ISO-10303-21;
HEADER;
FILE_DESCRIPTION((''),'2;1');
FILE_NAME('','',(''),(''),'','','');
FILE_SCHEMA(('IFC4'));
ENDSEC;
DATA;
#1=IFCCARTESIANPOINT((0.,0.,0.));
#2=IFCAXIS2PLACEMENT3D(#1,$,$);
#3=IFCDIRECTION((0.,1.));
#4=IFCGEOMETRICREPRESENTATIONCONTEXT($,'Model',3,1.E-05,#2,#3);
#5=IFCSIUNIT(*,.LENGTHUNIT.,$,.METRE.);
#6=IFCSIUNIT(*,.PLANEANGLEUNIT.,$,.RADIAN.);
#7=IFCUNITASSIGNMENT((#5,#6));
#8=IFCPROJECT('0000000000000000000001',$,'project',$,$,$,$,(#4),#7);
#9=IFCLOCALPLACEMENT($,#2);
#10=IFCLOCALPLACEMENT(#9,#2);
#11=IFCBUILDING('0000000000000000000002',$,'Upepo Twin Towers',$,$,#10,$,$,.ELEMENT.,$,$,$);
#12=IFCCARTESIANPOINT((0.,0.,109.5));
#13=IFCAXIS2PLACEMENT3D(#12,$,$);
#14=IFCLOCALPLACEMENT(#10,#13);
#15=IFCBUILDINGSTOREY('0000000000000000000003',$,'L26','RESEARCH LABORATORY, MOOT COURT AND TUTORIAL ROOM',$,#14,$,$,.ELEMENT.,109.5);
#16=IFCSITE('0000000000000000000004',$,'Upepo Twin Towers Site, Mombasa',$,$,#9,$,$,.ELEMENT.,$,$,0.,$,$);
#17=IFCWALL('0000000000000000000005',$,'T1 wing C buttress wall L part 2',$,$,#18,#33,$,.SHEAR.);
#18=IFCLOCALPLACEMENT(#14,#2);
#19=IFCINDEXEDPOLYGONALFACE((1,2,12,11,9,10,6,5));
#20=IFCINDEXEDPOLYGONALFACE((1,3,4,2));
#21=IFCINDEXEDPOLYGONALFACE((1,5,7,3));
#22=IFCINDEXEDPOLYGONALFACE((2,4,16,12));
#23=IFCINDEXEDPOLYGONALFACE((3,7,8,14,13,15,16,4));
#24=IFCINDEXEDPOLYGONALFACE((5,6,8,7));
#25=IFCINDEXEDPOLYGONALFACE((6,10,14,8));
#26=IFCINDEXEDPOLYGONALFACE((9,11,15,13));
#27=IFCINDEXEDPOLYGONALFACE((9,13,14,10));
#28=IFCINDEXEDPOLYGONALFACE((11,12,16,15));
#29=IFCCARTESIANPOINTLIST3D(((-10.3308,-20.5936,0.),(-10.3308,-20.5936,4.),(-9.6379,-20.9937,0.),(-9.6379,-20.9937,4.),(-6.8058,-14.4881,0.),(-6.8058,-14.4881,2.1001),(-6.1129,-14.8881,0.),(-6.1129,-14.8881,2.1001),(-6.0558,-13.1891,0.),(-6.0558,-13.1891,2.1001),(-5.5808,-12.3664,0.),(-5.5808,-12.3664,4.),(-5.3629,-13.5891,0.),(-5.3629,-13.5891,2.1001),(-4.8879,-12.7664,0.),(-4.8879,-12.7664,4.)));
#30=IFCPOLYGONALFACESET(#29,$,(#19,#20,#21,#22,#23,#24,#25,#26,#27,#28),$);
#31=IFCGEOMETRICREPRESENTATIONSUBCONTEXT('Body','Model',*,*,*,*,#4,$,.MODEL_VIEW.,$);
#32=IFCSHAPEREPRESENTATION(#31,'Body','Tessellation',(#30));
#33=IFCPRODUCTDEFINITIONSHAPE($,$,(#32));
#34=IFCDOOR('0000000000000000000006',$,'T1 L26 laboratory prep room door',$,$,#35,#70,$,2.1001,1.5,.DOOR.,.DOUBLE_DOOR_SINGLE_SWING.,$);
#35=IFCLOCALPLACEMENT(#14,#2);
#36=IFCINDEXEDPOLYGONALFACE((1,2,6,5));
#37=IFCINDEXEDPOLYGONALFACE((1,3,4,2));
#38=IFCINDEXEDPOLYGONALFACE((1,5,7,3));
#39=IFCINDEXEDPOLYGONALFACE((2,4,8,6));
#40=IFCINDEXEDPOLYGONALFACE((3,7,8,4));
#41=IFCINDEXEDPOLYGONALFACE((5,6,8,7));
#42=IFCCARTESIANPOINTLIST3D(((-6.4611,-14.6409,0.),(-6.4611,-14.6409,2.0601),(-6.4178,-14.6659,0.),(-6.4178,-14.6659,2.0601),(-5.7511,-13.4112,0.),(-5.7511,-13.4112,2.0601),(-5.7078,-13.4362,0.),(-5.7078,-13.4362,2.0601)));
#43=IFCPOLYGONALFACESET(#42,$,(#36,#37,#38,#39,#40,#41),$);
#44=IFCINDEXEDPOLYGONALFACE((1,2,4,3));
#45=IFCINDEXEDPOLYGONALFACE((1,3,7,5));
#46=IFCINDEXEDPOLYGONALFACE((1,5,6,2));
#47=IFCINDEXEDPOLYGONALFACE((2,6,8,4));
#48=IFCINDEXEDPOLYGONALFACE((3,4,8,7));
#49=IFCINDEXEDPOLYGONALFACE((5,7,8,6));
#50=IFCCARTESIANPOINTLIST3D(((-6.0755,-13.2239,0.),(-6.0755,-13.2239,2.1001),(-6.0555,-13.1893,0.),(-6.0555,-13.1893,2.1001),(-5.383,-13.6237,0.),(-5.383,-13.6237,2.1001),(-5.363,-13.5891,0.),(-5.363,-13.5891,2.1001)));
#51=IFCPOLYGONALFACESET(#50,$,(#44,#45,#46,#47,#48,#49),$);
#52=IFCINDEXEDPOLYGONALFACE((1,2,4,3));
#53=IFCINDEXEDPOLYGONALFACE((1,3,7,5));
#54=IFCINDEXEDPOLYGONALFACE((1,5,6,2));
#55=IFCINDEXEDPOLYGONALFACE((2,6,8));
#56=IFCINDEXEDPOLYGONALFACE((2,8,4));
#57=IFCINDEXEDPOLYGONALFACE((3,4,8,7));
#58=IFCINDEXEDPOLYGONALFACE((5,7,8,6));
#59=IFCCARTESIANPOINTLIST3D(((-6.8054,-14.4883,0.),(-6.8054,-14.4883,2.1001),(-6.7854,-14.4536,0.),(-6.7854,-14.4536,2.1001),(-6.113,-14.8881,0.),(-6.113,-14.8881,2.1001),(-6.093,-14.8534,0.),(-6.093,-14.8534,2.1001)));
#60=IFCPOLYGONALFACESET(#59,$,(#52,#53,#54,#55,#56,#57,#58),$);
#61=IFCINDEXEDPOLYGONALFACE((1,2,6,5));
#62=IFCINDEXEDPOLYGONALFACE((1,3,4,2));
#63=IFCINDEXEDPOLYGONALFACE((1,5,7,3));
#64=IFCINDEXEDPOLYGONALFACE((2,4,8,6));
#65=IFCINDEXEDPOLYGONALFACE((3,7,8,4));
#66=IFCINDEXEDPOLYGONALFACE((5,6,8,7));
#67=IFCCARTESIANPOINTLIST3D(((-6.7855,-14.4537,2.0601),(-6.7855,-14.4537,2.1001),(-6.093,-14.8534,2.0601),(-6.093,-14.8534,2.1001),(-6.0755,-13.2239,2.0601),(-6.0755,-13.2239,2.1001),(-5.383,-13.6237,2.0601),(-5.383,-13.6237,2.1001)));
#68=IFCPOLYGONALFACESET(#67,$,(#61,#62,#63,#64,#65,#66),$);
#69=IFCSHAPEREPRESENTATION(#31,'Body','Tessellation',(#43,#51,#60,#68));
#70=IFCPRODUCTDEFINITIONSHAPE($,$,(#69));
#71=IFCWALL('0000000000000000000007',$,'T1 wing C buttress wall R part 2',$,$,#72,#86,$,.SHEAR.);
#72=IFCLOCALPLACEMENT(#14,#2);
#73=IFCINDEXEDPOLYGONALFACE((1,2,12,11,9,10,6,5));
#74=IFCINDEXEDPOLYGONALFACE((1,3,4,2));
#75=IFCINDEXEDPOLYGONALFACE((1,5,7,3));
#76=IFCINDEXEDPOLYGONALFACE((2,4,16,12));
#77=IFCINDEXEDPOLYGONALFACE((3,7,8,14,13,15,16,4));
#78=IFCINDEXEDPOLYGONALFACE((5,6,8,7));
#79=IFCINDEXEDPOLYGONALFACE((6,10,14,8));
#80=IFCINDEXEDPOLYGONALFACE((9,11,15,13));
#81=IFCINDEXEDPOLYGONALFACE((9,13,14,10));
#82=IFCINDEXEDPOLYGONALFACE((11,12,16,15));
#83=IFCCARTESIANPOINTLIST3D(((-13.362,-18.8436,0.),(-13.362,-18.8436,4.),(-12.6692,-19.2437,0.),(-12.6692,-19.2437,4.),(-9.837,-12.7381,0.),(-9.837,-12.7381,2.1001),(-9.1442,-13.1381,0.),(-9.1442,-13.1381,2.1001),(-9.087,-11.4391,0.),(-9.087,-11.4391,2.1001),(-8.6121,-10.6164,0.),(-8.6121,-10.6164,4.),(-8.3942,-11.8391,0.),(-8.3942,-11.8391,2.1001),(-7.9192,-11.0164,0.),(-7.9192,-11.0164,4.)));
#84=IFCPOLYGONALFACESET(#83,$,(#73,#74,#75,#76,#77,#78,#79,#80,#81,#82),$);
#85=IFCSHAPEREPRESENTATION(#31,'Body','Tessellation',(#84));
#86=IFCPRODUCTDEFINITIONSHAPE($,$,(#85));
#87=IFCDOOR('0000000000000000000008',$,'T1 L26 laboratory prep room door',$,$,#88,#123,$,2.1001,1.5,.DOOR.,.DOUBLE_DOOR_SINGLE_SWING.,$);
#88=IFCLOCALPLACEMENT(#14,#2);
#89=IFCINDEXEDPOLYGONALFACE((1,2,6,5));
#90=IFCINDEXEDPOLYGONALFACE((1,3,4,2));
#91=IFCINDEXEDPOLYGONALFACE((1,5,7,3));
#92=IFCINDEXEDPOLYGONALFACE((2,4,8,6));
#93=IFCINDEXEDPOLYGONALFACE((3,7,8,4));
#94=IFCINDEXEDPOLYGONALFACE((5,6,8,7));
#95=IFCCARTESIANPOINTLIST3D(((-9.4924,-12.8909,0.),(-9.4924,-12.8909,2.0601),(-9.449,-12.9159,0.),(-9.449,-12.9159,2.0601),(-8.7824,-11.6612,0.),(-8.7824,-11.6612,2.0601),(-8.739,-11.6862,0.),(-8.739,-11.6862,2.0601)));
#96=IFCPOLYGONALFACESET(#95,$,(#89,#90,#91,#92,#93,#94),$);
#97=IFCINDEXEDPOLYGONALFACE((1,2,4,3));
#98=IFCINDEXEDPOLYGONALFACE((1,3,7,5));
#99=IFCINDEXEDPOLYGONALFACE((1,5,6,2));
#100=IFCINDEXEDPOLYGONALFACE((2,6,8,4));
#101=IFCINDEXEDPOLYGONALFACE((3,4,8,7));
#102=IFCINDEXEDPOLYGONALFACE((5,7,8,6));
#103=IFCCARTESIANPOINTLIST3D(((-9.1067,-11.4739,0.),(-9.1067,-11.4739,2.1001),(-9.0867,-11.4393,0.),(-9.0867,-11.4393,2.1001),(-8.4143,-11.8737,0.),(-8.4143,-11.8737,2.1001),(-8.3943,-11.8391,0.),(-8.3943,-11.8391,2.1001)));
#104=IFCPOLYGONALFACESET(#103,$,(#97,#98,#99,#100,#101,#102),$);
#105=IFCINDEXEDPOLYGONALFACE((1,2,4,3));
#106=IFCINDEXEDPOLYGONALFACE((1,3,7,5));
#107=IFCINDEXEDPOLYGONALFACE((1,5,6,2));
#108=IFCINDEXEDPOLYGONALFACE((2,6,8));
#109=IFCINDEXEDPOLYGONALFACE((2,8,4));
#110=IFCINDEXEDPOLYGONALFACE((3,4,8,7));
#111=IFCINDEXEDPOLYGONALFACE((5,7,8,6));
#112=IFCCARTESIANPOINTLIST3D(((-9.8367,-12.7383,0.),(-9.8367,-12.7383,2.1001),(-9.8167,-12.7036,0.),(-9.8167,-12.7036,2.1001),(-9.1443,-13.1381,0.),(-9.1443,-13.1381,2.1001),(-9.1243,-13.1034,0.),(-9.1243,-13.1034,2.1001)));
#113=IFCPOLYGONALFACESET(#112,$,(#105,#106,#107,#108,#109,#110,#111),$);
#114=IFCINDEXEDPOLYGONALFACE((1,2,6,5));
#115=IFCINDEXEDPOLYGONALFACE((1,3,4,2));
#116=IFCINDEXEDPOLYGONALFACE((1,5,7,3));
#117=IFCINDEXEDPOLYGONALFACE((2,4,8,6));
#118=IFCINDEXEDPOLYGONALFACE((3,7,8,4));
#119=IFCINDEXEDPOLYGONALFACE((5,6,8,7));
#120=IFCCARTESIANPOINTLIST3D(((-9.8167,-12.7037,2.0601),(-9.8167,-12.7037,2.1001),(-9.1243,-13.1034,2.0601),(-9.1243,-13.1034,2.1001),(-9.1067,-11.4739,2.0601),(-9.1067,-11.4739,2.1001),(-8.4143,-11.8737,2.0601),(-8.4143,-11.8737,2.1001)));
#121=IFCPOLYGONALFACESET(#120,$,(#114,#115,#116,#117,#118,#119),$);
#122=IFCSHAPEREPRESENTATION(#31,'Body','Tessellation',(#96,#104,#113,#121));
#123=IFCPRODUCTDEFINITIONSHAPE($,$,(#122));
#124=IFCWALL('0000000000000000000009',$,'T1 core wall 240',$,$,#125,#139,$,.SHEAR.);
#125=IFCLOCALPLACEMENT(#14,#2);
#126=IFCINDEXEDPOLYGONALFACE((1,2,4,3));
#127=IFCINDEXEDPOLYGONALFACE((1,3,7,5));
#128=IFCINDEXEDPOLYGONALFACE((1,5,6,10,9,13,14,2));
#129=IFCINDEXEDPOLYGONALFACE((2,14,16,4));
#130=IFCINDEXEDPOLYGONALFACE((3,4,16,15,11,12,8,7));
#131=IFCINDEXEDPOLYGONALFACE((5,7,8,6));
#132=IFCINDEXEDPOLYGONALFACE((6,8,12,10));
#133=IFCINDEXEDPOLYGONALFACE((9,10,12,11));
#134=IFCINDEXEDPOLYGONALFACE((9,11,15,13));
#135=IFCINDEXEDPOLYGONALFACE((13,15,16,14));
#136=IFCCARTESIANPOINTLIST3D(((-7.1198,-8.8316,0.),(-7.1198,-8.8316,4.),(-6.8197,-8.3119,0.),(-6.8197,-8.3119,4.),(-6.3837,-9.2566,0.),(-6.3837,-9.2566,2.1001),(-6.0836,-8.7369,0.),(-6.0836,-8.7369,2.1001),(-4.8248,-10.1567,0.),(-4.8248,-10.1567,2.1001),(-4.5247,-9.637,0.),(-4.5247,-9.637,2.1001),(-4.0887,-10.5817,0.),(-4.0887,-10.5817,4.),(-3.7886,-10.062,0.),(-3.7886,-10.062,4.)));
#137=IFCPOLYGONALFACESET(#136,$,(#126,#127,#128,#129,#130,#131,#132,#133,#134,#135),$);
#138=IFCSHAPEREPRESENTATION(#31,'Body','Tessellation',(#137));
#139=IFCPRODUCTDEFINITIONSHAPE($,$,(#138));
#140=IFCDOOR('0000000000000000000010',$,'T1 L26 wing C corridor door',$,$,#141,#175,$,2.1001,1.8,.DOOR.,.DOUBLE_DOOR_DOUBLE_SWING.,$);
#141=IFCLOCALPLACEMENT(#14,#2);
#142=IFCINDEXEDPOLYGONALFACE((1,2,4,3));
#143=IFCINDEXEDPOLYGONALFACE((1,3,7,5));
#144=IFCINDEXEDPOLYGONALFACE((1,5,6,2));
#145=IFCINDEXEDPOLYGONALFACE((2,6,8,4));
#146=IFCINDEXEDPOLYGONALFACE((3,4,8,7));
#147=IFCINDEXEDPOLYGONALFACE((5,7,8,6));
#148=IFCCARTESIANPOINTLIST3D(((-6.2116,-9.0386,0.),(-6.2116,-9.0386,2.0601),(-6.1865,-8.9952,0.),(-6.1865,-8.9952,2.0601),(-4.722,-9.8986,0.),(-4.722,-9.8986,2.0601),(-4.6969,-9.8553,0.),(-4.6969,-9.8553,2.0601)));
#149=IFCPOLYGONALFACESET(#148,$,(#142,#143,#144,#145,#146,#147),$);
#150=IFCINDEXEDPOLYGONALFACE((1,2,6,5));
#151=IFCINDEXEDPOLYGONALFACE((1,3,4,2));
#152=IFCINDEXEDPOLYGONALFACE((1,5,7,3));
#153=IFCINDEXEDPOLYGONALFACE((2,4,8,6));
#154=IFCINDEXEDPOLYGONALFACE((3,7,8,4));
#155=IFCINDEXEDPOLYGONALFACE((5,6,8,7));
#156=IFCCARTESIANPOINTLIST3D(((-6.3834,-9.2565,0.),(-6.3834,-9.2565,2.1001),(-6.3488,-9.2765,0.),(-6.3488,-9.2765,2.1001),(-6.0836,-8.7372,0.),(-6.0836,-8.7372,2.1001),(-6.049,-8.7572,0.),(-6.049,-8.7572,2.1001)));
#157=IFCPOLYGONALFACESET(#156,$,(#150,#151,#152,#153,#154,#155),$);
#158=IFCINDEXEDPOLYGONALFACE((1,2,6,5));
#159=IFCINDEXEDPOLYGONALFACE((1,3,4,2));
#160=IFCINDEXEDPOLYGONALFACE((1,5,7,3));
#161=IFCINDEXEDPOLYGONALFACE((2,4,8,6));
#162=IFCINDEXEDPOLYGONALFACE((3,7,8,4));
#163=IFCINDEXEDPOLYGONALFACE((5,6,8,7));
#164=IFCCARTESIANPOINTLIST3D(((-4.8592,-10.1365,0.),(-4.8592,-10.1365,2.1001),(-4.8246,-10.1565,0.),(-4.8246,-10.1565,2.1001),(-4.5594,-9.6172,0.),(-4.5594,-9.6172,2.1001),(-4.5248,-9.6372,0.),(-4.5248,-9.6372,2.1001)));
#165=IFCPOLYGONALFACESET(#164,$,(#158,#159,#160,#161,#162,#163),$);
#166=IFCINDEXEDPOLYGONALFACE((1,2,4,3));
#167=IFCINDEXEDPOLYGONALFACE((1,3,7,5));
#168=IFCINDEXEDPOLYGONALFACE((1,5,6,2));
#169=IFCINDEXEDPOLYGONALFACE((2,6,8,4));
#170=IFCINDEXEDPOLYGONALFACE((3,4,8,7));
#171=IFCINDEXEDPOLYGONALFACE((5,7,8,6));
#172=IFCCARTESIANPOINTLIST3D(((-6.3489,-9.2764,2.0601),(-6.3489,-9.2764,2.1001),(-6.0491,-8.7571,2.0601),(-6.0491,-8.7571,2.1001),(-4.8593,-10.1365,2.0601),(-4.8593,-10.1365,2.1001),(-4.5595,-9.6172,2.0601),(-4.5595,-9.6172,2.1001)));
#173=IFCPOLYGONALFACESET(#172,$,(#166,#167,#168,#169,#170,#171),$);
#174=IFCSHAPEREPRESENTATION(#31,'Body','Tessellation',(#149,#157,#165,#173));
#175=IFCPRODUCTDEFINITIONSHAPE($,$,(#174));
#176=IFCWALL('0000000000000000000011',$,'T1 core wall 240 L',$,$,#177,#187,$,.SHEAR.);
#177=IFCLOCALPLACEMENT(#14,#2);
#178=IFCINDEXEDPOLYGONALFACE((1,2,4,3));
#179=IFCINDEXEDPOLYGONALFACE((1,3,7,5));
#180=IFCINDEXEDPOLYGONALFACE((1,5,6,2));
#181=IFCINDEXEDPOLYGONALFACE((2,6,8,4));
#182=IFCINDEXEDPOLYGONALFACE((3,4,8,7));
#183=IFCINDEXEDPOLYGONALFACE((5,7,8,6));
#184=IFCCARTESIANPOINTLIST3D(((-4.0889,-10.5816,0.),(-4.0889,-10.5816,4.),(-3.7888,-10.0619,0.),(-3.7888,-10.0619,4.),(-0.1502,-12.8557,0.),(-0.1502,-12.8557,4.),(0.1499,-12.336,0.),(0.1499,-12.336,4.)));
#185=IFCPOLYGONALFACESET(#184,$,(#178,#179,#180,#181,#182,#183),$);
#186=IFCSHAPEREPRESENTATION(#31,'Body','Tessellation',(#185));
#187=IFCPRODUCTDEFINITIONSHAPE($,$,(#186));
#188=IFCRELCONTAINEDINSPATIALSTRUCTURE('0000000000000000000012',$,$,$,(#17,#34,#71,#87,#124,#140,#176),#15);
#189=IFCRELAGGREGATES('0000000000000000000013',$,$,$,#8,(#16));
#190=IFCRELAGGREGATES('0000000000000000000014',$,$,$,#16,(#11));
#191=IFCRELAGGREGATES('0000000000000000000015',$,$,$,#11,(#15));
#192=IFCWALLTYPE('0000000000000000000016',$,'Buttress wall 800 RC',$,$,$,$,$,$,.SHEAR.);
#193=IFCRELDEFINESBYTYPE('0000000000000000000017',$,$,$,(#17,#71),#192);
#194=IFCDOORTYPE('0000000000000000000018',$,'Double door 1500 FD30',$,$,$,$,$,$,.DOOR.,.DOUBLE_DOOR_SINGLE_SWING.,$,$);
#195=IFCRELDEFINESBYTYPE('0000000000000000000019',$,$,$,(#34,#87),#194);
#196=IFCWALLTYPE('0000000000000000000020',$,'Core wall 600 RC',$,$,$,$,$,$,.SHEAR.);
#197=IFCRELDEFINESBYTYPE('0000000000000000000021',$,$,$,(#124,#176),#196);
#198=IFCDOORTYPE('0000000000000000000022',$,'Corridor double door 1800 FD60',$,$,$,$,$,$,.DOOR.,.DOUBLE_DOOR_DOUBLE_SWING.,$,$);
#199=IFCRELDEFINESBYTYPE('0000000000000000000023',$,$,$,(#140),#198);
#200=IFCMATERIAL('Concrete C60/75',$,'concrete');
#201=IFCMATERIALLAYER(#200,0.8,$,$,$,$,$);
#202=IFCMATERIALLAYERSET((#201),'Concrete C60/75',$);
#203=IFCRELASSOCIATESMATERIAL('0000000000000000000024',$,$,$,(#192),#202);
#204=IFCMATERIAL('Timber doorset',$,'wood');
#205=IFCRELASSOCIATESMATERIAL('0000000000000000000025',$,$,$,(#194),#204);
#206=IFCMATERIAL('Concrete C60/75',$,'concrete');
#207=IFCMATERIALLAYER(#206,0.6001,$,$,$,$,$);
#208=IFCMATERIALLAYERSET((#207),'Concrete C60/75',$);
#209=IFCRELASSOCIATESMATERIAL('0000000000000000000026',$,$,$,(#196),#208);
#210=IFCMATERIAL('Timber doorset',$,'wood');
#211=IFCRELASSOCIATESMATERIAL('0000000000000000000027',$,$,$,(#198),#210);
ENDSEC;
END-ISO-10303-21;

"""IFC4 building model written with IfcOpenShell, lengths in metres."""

from ifc_helpers import new_model, si_unit, direction, frame, frame_2d, origin, place, context, subcontext, project, spatial, rectangle, extrude, material, layer, layer_set, type_object, element, fill, save


model = new_model("IFC4")

# Units and contexts
model_context = context("Model", 3, precision=1e-05, world=origin(), true_north=direction((0.0, 1.0)))
body_context = subcontext(model_context, "Body", "Model", "MODEL_VIEW")
ifc_project = project(units=[si_unit("LENGTHUNIT", "METRE"), si_unit("PLANEANGLEUNIT", "RADIAN")], contexts=[model_context])

# Site, building, storey
site_placement = place(None, origin())
site = spatial("IfcSite", under=ifc_project, at=site_placement, Name="Upepo Twin Towers Site, Mombasa", CompositionType="ELEMENT", RefElevation=0.0)
building_placement = place(site_placement, origin())
building = spatial("IfcBuilding", under=site, at=building_placement, Name="Upepo Twin Towers", CompositionType="ELEMENT")
storey_placement = place(building_placement, frame((0.0, 0.0, 109.5)))
storey = spatial("IfcBuildingStorey", under=building, at=storey_placement, Name="L26", Description="RESEARCH LABORATORY, MOOT COURT AND TUTORIAL ROOM", CompositionType="ELEMENT", Elevation=109.5)

# Walls, openings, doors
ifc_material_1 = material(Name="Concrete C60/75", Category="concrete")
ifc_layer_1 = layer(ifc_material_1, 0.8)
ifc_layer_set_1 = layer_set([ifc_layer_1], Name="Concrete C60/75")
wall_type_1 = type_object("IfcWallType", Name="Buttress wall 800 RC", PredefinedType="SHEAR", material=ifc_layer_set_1)
wall_1_placement = place(storey_placement, frame((-5.2344, -12.5664, 0.0), z_axis=(0.0, 0.0, 1.0), x_axis=(-0.499998, -0.866027, 0.0)))
wall_1 = element("IfcWall", 1, at=wall_1_placement, inside=storey, type_object=wall_type_1, Name="T1 wing C buttress wall L part 2", PredefinedType="SHEAR", context=body_context, shape_type="SweptSolid", body=[
    extrude(rectangle(XDim=9.5, YDim=0.8, at=frame_2d((4.75, 0.0))), origin(), (0.0, 0.0, 1.0), 4.0),
])
opening_1_placement = place(wall_1_placement, frame((0.95, 0.0, 0.0)))
opening_1 = element("IfcOpeningElement", 2, at=opening_1_placement, cuts=wall_1, PredefinedType="OPENING", context=body_context, shape_type="SweptSolid", body=[
    extrude(rectangle(XDim=1.5, YDim=2.1001, at=frame_2d((0.75, 1.05))), frame((0.0, 0.4099, 0.0), z_axis=(0.0, -1.0, 0.0), x_axis=(1.0, 0.0, 0.0)), (0.0, 0.0, 1.0), 0.8201),
])
ifc_material_2 = material(Name="Timber doorset", Category="wood")
door_type_1 = type_object("IfcDoorType", Name="Double door 1500 FD30", OperationType="DOUBLE_DOOR_SINGLE_SWING", PredefinedType="DOOR", material=ifc_material_2)
door_1_placement = place(opening_1_placement, origin())
door_1 = element("IfcDoor", 3, at=door_1_placement, inside=storey, type_object=door_type_1, Name="T1 L26 laboratory prep room door", OperationType="DOUBLE_DOOR_SINGLE_SWING", OverallHeight=2.1001, OverallWidth=1.5, PredefinedType="DOOR", context=body_context, shape_type="SweptSolid", body=[
    extrude(rectangle(XDim=1.42, YDim=2.0601, at=frame_2d((0.75, 1.03))), frame((0.0, 0.0249, 0.0), z_axis=(0.0, -1.0, 0.0), x_axis=(1.0, 0.0, 0.0)), (0.0, 0.0, 1.0), 0.05),
    extrude(rectangle(XDim=0.04, YDim=2.1001, at=frame_2d((0.02, 1.05))), frame((0.0, 0.3999, 0.0), z_axis=(0.0, -1.0, 0.0), x_axis=(1.0, 0.0, 0.0)), (0.0, 0.0, 1.0), 0.7996),
    extrude(rectangle(XDim=0.04, YDim=2.1001, at=frame_2d((1.48, 1.05))), frame((0.0, 0.3999, 0.0), z_axis=(0.0, -1.0, 0.0), x_axis=(1.0, 0.0, 0.0)), (0.0, 0.0, 1.0), 0.7996),
    extrude(rectangle(XDim=1.42, YDim=0.04, at=frame_2d((0.75, 2.0801))), frame((0.0, 0.3999, 0.0), z_axis=(0.0, -1.0, 0.0), x_axis=(1.0, 0.0, 0.0)), (0.0, 0.0, 1.0), 0.7996),
])
fill(opening_1, door_1)
wall_2_placement = place(storey_placement, frame((-8.2656, -10.8164, 0.0), z_axis=(0.0, 0.0, 1.0), x_axis=(-0.499998, -0.866027, 0.0)))
wall_2 = element("IfcWall", 4, at=wall_2_placement, inside=storey, type_object=wall_type_1, Name="T1 wing C buttress wall R part 2", PredefinedType="SHEAR", context=body_context, shape_type="SweptSolid", body=[
    extrude(rectangle(XDim=9.5, YDim=0.8, at=frame_2d((4.75, 0.0))), origin(), (0.0, 0.0, 1.0), 4.0),
])
opening_2_placement = place(wall_2_placement, frame((0.95, 0.0, 0.0)))
opening_2 = element("IfcOpeningElement", 5, at=opening_2_placement, cuts=wall_2, PredefinedType="OPENING", context=body_context, shape_type="SweptSolid", body=[
    extrude(rectangle(XDim=1.5, YDim=2.1001, at=frame_2d((0.75, 1.05))), frame((0.0, 0.4099, 0.0), z_axis=(0.0, -1.0, 0.0), x_axis=(1.0, 0.0, 0.0)), (0.0, 0.0, 1.0), 0.8201),
])
door_2_placement = place(opening_2_placement, origin())
door_2 = element("IfcDoor", 6, at=door_2_placement, inside=storey, type_object=door_type_1, Name="T1 L26 laboratory prep room door", OperationType="DOUBLE_DOOR_SINGLE_SWING", OverallHeight=2.1001, OverallWidth=1.5, PredefinedType="DOOR", context=body_context, shape_type="SweptSolid", body=[
    extrude(rectangle(XDim=1.42, YDim=2.0601, at=frame_2d((0.75, 1.03))), frame((0.0, 0.0249, 0.0), z_axis=(0.0, -1.0, 0.0), x_axis=(1.0, 0.0, 0.0)), (0.0, 0.0, 1.0), 0.05),
    extrude(rectangle(XDim=0.04, YDim=2.1001, at=frame_2d((0.02, 1.05))), frame((0.0, 0.3999, 0.0), z_axis=(0.0, -1.0, 0.0), x_axis=(1.0, 0.0, 0.0)), (0.0, 0.0, 1.0), 0.7996),
    extrude(rectangle(XDim=0.04, YDim=2.1001, at=frame_2d((1.48, 1.05))), frame((0.0, 0.3999, 0.0), z_axis=(0.0, -1.0, 0.0), x_axis=(1.0, 0.0, 0.0)), (0.0, 0.0, 1.0), 0.7996),
    extrude(rectangle(XDim=1.42, YDim=0.04, at=frame_2d((0.75, 2.0801))), frame((0.0, 0.3999, 0.0), z_axis=(0.0, -1.0, 0.0), x_axis=(1.0, 0.0, 0.0)), (0.0, 0.0, 1.0), 0.7996),
])
fill(opening_2, door_2)
ifc_material_3 = material(Name="Concrete C60/75", Category="concrete")
ifc_layer_2 = layer(ifc_material_3, 0.6001)
ifc_layer_set_2 = layer_set([ifc_layer_2], Name="Concrete C60/75")
wall_type_2 = type_object("IfcWallType", Name="Core wall 600 RC", PredefinedType="SHEAR", material=ifc_layer_set_2)
wall_3_placement = place(storey_placement, frame((-6.9697, -8.5718, 0.0), z_axis=(0.0, 0.0, 1.0), x_axis=(0.866019, -0.50001, 0.0)))
wall_3 = element("IfcWall", 7, at=wall_3_placement, inside=storey, type_object=wall_type_2, Name="T1 core wall 240", PredefinedType="SHEAR", context=body_context, shape_type="SweptSolid", body=[
    extrude(rectangle(XDim=3.5, YDim=0.6001, at=frame_2d((1.75, 0.0))), origin(), (0.0, 0.0, 1.0), 4.0),
])
opening_3_placement = place(wall_3_placement, frame((0.8501, 0.0, 0.0)))
opening_3 = element("IfcOpeningElement", 8, at=opening_3_placement, cuts=wall_3, PredefinedType="OPENING", context=body_context, shape_type="SweptSolid", body=[
    extrude(rectangle(XDim=1.8, YDim=2.1001, at=frame_2d((0.8999, 1.05))), frame((0.0, 0.3101, 0.0), z_axis=(0.0, -1.0, 0.0), x_axis=(1.0, 0.0, 0.0)), (0.0, 0.0, 1.0), 0.6201),
])
ifc_material_4 = material(Name="Timber doorset", Category="wood")
door_type_2 = type_object("IfcDoorType", Name="Corridor double door 1800 FD60", OperationType="DOUBLE_DOOR_DOUBLE_SWING", PredefinedType="DOOR", material=ifc_material_4)
door_3_placement = place(opening_3_placement, origin())
door_3 = element("IfcDoor", 9, at=door_3_placement, inside=storey, type_object=door_type_2, Name="T1 L26 wing C corridor door", OperationType="DOUBLE_DOOR_DOUBLE_SWING", OverallHeight=2.1001, OverallWidth=1.8, PredefinedType="DOOR", context=body_context, shape_type="SweptSolid", body=[
    extrude(rectangle(XDim=1.72, YDim=2.0601, at=frame_2d((0.8999, 1.03))), frame((0.0, 0.0249, 0.0), z_axis=(0.0, -1.0, 0.0), x_axis=(1.0, 0.0, 0.0)), (0.0, 0.0, 1.0), 0.05),
    extrude(rectangle(XDim=0.04, YDim=2.1001, at=frame_2d((0.02, 1.05))), frame((0.0, 0.2998, 0.0), z_axis=(0.0, -1.0, 0.0), x_axis=(1.0, 0.0, 0.0)), (0.0, 0.0, 1.0), 0.5996),
    extrude(rectangle(XDim=0.04, YDim=2.1001, at=frame_2d((1.78, 1.05))), frame((0.0, 0.2998, 0.0), z_axis=(0.0, -1.0, 0.0), x_axis=(1.0, 0.0, 0.0)), (0.0, 0.0, 1.0), 0.5996),
    extrude(rectangle(XDim=1.72, YDim=0.04, at=frame_2d((0.8999, 2.0801))), frame((0.0, 0.2998, 0.0), z_axis=(0.0, -1.0, 0.0), x_axis=(1.0, 0.0, 0.0)), (0.0, 0.0, 1.0), 0.5996),
])
fill(opening_3, door_3)

# Wall
wall_4_placement = place(storey_placement, frame((-3.9387, -10.3218, 0.0), z_axis=(0.0, 0.0, 1.0), x_axis=(0.866011, -0.500024, 0.0)))
element("IfcWall", 10, at=wall_4_placement, inside=storey, type_object=wall_type_2, Name="T1 core wall 240 L", PredefinedType="SHEAR", context=body_context, shape_type="SweptSolid", body=[
    extrude(rectangle(XDim=4.5481, YDim=0.6001, at=frame_2d((2.2739, 0.0))), origin(), (0.0, 0.0, 1.0), 4.0),
])

save(model, "model.ifc")
